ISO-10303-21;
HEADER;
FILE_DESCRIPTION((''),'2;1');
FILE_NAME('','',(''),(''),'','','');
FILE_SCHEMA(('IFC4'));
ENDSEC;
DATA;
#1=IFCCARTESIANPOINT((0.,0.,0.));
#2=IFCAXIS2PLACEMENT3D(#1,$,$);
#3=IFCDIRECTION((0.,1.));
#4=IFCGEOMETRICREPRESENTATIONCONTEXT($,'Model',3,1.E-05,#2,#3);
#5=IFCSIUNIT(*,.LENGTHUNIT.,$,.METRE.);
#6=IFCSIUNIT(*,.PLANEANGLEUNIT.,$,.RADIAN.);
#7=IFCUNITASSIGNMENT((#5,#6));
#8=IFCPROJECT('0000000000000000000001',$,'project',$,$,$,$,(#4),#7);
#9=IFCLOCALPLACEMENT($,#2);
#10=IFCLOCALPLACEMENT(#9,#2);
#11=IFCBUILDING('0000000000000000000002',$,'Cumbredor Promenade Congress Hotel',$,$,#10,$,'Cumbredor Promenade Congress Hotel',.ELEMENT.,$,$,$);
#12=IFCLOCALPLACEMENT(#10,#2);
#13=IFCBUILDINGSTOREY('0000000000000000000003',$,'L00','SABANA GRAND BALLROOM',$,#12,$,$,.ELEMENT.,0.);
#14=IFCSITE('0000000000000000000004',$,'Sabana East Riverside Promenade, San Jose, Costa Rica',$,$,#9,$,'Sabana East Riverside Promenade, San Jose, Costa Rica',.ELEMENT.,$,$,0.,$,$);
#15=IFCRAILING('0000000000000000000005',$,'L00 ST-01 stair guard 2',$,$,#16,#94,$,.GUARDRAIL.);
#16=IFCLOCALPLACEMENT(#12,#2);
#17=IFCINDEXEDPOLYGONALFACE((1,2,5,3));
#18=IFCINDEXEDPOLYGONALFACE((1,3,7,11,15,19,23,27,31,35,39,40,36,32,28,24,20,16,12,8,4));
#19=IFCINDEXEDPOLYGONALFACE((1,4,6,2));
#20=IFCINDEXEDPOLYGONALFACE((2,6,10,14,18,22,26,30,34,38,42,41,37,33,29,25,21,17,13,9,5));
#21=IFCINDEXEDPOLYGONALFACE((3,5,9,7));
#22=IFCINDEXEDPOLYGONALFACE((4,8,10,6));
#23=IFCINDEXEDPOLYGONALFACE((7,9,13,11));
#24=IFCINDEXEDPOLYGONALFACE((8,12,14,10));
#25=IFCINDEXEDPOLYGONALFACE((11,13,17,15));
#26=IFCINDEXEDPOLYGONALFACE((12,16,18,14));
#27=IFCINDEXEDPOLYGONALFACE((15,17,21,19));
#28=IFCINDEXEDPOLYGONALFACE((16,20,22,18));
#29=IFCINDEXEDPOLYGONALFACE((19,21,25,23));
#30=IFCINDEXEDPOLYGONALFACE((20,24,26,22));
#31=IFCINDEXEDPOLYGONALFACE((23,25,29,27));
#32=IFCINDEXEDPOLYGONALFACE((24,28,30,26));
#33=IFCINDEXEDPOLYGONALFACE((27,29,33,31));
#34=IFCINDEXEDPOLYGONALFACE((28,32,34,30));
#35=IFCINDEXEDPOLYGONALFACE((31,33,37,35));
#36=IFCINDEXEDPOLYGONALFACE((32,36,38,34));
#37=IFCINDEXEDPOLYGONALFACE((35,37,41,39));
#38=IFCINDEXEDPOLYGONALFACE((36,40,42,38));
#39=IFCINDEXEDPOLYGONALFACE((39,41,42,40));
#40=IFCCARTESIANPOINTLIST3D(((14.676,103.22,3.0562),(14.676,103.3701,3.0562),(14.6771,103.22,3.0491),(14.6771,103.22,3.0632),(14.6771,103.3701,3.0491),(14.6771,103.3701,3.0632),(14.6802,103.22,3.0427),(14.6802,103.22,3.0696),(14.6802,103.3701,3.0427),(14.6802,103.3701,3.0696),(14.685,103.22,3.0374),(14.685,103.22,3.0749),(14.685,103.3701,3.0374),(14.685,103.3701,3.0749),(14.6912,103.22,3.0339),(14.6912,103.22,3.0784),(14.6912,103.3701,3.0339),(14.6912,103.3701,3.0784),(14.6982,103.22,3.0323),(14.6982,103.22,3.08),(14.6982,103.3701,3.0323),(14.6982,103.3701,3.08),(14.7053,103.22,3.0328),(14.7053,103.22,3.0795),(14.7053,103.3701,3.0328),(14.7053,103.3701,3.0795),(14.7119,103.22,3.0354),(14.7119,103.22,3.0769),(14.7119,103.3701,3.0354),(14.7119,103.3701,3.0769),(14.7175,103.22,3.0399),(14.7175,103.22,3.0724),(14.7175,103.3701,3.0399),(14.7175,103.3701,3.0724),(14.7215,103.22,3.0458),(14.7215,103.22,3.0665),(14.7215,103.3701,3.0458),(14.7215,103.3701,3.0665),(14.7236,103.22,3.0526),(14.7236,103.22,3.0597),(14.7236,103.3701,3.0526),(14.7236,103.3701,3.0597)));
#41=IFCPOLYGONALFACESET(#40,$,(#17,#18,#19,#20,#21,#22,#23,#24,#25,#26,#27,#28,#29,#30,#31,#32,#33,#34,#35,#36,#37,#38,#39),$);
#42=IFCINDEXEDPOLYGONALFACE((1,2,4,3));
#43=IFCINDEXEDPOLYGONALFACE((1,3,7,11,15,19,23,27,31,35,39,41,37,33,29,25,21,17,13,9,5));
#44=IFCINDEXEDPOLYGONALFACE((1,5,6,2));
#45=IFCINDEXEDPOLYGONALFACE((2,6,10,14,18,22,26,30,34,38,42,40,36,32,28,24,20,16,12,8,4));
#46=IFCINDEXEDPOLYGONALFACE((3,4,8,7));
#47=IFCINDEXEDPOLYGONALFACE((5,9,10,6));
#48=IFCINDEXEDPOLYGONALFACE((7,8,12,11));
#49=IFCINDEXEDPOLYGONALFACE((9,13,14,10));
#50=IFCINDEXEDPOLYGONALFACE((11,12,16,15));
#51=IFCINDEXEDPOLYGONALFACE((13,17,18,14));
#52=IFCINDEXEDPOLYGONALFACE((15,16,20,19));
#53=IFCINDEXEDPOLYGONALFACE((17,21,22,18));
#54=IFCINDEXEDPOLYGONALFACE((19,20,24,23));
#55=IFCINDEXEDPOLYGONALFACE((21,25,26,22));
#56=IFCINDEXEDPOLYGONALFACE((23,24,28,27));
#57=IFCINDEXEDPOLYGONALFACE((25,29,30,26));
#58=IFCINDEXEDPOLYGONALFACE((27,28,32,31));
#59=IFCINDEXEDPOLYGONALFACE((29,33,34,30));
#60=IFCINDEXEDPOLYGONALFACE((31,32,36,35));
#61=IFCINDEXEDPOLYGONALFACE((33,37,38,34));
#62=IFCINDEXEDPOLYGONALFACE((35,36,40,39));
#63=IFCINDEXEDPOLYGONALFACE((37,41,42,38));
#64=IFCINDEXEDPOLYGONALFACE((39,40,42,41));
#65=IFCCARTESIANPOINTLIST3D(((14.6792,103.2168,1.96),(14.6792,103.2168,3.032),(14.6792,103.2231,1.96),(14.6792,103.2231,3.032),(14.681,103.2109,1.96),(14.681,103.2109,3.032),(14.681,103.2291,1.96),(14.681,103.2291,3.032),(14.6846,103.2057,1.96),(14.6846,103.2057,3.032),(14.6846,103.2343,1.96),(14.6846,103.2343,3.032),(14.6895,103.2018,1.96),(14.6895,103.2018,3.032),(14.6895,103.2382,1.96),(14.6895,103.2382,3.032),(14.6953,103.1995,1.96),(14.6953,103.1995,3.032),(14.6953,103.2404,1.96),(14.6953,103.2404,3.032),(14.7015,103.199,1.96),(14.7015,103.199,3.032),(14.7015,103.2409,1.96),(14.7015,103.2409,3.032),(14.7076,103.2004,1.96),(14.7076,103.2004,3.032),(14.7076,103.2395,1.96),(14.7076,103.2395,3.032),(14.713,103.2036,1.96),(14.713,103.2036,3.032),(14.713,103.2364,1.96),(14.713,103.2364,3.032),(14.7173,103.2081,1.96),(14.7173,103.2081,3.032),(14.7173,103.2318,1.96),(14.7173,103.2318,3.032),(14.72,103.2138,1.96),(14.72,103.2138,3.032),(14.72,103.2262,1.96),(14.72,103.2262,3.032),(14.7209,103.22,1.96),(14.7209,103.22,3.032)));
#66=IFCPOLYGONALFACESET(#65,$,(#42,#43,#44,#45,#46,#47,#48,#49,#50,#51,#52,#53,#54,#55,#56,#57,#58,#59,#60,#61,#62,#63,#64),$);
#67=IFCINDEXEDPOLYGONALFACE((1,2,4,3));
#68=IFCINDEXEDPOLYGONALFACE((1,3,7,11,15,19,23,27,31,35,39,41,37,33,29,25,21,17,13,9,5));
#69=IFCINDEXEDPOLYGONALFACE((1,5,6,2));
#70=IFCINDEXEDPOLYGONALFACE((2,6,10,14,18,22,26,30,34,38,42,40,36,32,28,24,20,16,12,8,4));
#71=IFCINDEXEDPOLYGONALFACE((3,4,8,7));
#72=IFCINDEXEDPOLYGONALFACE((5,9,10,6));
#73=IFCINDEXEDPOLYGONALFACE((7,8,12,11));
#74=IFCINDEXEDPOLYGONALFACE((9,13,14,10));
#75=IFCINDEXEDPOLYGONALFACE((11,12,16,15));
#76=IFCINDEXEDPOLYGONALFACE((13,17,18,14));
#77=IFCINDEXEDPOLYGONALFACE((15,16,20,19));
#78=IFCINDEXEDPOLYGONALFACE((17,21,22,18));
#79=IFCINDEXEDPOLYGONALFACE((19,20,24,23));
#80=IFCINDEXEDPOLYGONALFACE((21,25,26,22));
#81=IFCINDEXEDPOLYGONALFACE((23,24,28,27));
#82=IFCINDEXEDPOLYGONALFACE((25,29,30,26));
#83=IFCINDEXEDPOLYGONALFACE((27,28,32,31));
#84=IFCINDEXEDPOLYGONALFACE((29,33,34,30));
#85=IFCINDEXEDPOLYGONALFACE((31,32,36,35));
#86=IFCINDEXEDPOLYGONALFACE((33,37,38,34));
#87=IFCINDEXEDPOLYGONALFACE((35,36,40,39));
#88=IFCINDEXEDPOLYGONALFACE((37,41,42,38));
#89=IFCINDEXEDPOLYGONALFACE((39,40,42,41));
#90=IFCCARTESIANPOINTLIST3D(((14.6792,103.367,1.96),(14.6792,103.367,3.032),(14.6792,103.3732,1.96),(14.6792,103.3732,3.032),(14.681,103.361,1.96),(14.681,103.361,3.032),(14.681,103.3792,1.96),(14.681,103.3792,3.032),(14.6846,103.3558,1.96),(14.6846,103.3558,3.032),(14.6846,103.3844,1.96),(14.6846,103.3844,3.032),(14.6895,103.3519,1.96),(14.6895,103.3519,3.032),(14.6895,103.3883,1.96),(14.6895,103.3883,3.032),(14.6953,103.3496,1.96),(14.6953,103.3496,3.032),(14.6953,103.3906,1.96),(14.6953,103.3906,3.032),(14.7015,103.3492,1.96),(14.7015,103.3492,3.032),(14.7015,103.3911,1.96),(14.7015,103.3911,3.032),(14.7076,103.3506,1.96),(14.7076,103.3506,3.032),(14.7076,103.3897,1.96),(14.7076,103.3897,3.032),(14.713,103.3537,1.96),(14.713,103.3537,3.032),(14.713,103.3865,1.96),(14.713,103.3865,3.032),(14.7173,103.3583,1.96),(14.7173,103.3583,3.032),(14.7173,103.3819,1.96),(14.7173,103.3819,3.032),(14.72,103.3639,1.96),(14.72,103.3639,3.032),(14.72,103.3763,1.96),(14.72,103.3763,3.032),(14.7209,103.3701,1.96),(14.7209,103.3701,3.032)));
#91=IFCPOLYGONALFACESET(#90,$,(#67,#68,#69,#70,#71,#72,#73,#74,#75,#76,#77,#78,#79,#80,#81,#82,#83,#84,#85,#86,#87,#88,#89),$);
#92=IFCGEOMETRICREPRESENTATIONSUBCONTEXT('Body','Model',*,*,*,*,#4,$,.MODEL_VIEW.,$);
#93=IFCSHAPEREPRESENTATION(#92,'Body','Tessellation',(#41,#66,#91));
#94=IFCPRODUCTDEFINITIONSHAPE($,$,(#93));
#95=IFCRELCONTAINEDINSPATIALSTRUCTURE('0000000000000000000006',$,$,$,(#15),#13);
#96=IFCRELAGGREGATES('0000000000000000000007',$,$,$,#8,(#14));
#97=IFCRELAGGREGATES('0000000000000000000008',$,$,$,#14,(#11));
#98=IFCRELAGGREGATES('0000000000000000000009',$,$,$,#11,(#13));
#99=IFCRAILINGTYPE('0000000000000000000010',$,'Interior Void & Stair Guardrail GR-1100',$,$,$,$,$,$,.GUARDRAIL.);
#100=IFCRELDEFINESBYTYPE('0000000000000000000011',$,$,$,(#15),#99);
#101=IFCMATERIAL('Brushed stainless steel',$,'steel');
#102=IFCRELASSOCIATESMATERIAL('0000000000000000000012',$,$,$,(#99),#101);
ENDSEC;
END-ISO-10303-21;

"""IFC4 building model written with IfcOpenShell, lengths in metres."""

from ifc_helpers import new_model, si_unit, direction, frame, origin, origin_2d, place, context, subcontext, project, spatial, circle, extrude, material, type_object, element, save


model = new_model("IFC4")

# Units and contexts
model_context = context("Model", 3, precision=1e-05, world=origin(), true_north=direction((0.0, 1.0)))
body_context = subcontext(model_context, "Body", "Model", "MODEL_VIEW")
ifc_project = project(units=[si_unit("LENGTHUNIT", "METRE"), si_unit("PLANEANGLEUNIT", "RADIAN")], contexts=[model_context])

# Site, building, storey
site_placement = place(None, origin())
site = spatial("IfcSite", under=ifc_project, at=site_placement, Name="Sabana East Riverside Promenade, San Jose, Costa Rica", LongName="Sabana East Riverside Promenade, San Jose, Costa Rica", CompositionType="ELEMENT", RefElevation=0.0)
building_placement = place(site_placement, origin())
building = spatial("IfcBuilding", under=site, at=building_placement, Name="Cumbredor Promenade Congress Hotel", LongName="Cumbredor Promenade Congress Hotel", CompositionType="ELEMENT")
storey_placement = place(building_placement, origin())
storey = spatial("IfcBuildingStorey", under=building, at=storey_placement, Name="L00", Description="SABANA GRAND BALLROOM", CompositionType="ELEMENT", Elevation=0.0)

# Railing
ifc_material_1 = material(Name="Brushed stainless steel", Category="steel")
railing_type_1 = type_object("IfcRailingType", Name="Interior Void & Stair Guardrail GR-1100", PredefinedType="GUARDRAIL", material=ifc_material_1)
railing_1_placement = place(storey_placement, frame((14.7, 103.22, 1.96)))
element("IfcRailing", 1, at=railing_1_placement, inside=storey, type_object=railing_type_1, Name="L00 ST-01 stair guard 2", PredefinedType="GUARDRAIL", context=body_context, shape_type="SweptSolid", body=[
    extrude(circle(Radius=0.0239, at=origin_2d()), frame((0.0, 0.0, 1.0962), z_axis=(0.0, 1.0, 0.0), x_axis=(-1.0, 0.0, 0.0)), (0.0, 0.0, 1.0), 0.1501),
    extrude(circle(Radius=0.021, at=origin_2d()), origin(), (0.0, 0.0, 1.0), 1.072),
    extrude(circle(Radius=0.021, at=origin_2d()), frame((0.0, 0.1501, 0.0)), (0.0, 0.0, 1.0), 1.072),
])

save(model, "model.ifc")
